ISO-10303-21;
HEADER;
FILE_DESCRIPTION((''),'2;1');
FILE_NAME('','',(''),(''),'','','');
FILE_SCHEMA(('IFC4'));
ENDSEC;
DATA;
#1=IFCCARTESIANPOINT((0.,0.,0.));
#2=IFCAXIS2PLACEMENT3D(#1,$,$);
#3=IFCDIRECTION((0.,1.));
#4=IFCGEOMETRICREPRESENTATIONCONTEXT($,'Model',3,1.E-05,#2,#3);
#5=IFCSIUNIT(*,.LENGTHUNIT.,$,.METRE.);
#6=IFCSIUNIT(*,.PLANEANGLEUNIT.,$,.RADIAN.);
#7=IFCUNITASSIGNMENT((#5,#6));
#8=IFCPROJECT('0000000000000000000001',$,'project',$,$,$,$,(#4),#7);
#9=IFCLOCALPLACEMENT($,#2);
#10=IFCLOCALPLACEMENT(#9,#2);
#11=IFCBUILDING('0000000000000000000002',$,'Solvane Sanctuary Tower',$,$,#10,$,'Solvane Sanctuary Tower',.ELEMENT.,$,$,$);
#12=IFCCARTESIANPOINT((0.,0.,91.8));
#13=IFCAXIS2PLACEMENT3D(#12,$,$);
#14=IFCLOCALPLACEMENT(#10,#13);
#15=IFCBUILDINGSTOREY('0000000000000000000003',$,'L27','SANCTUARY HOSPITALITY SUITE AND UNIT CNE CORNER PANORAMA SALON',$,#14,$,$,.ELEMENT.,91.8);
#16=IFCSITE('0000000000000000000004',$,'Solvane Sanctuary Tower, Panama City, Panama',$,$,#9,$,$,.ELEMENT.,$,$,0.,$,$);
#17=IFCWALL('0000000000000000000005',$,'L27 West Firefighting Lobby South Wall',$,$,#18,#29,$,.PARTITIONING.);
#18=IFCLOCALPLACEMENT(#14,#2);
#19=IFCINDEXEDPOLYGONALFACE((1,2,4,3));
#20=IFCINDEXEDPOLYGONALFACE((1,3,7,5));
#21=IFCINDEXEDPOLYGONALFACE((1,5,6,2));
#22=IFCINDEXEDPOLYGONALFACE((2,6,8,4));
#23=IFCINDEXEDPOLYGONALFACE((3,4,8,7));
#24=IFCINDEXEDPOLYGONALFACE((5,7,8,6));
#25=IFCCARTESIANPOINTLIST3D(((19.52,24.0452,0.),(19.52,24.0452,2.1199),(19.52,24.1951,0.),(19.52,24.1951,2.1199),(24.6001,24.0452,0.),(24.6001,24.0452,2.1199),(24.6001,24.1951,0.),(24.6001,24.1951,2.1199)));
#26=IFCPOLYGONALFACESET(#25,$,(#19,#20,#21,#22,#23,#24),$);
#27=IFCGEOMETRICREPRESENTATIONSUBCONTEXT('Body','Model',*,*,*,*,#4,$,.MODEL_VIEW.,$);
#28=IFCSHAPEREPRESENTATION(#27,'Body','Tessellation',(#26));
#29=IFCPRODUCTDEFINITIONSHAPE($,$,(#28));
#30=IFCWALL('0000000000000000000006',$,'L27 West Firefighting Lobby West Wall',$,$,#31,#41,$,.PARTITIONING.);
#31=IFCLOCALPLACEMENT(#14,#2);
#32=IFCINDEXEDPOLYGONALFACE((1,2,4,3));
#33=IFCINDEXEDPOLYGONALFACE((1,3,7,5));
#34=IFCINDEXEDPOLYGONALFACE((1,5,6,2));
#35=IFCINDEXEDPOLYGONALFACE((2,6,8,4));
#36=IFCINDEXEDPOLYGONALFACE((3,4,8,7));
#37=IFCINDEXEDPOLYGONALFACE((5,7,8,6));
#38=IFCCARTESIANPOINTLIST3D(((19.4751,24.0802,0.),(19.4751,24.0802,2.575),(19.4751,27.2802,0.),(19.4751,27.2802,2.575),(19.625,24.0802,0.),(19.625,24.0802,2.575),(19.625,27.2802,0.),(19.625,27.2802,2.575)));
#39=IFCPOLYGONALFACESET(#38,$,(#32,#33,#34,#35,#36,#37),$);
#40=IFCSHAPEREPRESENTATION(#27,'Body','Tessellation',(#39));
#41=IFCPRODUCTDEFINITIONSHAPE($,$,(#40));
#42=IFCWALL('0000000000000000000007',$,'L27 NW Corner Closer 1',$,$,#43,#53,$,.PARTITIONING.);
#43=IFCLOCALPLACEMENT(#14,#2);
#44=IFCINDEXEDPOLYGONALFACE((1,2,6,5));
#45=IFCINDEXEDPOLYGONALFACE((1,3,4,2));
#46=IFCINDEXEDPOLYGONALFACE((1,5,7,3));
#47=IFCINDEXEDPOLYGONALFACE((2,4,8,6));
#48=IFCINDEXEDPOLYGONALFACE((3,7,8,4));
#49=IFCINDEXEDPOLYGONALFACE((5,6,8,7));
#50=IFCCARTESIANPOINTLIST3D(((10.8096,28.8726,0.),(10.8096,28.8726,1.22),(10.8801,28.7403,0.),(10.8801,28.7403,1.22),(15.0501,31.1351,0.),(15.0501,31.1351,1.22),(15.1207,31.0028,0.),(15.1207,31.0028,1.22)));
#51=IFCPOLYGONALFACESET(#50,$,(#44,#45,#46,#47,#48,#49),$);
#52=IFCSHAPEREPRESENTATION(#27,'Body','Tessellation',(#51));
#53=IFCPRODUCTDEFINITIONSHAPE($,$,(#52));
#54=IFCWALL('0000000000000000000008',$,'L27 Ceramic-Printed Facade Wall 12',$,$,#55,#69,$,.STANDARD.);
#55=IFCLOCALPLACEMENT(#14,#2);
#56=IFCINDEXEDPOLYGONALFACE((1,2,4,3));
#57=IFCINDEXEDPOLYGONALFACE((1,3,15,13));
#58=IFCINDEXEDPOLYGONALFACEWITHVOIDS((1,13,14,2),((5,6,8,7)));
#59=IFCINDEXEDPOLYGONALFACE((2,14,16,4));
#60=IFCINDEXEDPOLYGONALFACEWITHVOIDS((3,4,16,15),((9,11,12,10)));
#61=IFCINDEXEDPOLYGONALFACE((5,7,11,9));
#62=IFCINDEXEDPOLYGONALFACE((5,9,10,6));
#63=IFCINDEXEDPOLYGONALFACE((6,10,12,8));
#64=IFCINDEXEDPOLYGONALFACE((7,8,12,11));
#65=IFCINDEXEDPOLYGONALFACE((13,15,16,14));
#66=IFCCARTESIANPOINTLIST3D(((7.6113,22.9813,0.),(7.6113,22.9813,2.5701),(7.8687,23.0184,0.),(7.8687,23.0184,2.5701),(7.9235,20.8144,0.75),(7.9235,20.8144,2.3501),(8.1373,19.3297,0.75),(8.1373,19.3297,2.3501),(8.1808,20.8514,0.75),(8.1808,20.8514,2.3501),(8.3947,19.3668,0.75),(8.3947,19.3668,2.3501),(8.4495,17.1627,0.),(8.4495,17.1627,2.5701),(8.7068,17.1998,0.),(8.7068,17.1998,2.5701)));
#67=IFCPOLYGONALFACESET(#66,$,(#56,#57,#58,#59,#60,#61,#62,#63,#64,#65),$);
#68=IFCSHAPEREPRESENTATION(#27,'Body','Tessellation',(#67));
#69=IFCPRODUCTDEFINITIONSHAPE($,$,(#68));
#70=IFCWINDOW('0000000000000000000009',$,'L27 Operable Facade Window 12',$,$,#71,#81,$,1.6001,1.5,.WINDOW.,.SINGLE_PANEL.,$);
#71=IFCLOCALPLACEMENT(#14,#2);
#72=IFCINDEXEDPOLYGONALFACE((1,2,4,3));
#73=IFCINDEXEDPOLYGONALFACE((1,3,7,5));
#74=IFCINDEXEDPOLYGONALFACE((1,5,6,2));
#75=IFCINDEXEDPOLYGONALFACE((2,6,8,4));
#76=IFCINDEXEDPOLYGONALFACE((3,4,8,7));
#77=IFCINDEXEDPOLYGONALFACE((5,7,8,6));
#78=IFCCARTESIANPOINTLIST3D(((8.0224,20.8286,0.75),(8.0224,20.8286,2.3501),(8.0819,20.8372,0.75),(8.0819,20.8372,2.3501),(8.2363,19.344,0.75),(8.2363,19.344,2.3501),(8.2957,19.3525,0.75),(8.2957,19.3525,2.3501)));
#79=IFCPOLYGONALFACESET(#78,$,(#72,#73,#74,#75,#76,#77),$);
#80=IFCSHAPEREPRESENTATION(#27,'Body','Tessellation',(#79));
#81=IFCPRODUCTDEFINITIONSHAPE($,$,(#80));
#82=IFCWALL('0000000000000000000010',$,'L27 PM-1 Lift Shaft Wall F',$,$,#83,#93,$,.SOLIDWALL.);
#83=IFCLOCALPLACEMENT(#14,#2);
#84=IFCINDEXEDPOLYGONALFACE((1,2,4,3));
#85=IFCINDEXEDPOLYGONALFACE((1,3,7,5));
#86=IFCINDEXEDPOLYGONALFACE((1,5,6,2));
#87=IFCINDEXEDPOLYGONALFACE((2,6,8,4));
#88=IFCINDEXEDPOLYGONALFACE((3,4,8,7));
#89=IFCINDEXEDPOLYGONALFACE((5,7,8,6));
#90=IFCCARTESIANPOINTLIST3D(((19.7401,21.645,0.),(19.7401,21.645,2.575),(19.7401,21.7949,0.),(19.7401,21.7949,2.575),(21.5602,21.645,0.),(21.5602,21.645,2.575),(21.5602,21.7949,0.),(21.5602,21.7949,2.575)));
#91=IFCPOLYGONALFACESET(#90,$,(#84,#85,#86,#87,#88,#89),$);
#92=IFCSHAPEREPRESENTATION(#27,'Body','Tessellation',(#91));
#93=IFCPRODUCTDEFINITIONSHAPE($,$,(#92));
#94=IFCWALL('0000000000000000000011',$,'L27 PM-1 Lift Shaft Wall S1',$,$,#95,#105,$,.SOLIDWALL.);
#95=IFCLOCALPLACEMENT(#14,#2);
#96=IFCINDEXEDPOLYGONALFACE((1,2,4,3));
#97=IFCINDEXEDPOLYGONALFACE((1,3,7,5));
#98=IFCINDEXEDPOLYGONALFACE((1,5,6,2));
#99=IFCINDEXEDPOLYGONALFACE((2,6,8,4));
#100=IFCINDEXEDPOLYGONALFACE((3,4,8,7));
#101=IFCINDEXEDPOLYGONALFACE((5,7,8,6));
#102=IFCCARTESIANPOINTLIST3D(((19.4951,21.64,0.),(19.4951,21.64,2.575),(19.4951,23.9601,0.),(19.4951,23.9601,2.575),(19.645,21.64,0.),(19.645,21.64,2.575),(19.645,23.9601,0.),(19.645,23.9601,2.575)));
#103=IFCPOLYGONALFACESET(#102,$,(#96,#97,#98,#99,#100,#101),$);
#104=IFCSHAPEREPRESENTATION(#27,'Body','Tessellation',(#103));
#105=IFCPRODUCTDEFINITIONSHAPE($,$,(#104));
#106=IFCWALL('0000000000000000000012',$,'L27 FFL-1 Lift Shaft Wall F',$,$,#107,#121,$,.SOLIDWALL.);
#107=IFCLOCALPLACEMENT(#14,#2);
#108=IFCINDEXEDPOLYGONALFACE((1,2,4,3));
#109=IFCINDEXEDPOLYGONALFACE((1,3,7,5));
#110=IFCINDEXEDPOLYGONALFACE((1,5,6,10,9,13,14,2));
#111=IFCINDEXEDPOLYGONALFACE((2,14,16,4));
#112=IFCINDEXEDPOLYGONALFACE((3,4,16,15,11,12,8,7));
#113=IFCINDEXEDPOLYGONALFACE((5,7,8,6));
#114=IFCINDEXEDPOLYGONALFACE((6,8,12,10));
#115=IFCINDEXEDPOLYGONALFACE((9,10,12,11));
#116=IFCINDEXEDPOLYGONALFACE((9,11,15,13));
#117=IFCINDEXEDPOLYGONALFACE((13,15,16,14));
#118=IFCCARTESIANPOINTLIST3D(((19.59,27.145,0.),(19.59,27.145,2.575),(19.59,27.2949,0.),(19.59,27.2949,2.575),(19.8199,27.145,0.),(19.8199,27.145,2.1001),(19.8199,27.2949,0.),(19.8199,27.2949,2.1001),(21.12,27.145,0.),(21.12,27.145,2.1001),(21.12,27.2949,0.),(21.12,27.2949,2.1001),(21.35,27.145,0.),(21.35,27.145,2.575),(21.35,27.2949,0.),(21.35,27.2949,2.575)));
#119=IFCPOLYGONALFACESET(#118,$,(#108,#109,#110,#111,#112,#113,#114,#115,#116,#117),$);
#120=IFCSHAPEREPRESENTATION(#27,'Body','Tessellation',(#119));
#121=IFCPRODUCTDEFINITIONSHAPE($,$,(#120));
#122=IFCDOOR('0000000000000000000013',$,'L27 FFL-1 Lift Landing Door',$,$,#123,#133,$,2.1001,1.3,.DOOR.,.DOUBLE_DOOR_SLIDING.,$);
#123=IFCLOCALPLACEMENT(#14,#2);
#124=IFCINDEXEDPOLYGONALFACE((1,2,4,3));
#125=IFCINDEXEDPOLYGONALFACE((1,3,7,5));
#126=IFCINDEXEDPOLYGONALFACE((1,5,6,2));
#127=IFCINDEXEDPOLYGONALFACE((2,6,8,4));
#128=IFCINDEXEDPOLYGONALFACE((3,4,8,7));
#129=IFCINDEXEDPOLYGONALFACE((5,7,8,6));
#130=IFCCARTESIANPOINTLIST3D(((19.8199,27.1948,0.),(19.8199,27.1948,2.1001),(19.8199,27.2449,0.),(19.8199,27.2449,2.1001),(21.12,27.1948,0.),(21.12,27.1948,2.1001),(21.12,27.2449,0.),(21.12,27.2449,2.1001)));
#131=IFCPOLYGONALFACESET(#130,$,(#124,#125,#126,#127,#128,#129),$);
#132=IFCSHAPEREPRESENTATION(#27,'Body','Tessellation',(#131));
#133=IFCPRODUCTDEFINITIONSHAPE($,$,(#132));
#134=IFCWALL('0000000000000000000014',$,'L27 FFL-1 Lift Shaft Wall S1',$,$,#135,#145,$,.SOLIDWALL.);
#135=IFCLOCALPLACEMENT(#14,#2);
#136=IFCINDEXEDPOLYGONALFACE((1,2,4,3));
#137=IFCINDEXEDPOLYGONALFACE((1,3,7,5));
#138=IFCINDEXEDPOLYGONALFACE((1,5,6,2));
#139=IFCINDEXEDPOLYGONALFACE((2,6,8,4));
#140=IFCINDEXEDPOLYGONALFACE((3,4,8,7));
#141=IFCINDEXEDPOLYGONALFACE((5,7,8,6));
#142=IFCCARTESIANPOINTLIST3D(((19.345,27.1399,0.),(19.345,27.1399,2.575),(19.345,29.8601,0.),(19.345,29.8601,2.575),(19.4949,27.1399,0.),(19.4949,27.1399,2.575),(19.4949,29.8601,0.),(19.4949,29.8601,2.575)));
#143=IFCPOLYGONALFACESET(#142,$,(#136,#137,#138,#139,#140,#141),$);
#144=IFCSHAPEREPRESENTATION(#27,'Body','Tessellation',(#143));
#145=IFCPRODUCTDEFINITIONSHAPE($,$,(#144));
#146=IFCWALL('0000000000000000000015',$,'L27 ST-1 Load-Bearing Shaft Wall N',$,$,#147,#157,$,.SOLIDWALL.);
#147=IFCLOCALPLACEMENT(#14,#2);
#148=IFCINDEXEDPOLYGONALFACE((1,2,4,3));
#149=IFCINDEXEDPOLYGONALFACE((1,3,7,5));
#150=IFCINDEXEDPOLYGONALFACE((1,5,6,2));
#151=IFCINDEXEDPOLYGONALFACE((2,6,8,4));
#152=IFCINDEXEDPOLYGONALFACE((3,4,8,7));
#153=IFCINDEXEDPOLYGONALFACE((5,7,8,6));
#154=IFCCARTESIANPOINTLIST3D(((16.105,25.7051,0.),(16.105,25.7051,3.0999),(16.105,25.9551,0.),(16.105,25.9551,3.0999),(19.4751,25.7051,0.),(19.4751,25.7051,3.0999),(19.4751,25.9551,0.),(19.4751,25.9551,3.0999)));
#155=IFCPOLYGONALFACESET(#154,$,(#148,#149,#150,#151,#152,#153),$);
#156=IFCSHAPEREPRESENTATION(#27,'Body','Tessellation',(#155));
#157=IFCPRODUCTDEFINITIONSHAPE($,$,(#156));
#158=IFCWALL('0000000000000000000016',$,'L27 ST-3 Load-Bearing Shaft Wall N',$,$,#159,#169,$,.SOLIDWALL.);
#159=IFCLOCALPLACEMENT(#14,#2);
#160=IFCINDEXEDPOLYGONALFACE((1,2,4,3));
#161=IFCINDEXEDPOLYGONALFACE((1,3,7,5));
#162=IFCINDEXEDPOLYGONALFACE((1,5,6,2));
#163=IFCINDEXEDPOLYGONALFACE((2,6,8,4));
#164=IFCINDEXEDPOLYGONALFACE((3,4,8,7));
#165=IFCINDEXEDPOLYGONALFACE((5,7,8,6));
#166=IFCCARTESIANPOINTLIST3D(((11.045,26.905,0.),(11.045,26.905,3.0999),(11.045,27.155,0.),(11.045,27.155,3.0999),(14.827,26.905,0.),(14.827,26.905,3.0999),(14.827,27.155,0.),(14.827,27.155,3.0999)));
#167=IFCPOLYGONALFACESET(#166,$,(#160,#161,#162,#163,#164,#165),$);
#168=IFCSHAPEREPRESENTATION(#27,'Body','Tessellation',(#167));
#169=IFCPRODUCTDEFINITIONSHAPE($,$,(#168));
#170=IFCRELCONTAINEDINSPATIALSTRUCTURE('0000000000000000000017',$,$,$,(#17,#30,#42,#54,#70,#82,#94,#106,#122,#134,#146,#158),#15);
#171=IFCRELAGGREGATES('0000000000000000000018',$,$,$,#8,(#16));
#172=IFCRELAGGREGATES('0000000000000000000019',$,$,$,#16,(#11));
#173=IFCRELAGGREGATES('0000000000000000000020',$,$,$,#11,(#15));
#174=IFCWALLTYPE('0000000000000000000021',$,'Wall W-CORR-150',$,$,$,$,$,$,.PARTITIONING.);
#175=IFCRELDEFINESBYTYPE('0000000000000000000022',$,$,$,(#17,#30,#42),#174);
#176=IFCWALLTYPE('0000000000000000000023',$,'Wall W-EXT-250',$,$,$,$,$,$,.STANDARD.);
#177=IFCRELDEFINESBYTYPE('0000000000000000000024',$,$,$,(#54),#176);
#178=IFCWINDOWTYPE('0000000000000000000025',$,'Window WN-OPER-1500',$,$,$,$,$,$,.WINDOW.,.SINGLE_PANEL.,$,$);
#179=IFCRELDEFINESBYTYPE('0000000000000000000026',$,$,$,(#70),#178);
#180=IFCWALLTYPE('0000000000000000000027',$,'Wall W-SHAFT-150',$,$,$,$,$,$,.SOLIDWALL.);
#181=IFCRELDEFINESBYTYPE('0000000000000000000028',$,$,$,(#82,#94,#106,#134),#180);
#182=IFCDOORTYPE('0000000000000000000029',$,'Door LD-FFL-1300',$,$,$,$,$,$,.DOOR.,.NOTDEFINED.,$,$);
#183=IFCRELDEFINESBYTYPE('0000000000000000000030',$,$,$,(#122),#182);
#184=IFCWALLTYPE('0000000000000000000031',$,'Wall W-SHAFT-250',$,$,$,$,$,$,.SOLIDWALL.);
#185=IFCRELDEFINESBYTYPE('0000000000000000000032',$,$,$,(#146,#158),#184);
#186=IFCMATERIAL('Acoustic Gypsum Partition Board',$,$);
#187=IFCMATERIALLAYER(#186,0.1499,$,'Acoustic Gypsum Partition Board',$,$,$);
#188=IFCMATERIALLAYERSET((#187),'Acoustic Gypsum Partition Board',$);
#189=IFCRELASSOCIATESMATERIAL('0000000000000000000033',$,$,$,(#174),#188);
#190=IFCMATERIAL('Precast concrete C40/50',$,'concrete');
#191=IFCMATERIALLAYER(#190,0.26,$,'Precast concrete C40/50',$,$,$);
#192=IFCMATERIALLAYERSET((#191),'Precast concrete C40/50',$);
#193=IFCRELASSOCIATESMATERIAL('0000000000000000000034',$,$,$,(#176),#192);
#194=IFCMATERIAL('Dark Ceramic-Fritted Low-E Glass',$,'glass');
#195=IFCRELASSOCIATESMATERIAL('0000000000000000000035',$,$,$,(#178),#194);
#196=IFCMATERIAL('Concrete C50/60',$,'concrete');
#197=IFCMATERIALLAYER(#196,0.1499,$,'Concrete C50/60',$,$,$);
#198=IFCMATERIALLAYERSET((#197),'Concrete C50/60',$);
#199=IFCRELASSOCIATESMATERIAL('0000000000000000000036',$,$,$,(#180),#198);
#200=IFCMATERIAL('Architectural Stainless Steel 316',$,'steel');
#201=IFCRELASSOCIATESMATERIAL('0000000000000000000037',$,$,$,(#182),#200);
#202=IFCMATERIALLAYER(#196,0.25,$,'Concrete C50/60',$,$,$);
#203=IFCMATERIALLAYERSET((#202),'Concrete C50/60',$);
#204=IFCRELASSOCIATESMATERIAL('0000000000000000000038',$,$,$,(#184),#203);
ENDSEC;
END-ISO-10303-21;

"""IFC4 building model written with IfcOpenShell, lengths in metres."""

from ifc_helpers import new_model, si_unit, direction, frame, frame_2d, origin, place, context, subcontext, project, spatial, rectangle, extrude, material, layer, layer_set, type_object, element, fill, save


model = new_model("IFC4")

# Units and contexts
model_context = context("Model", 3, precision=1e-05, world=origin(), true_north=direction((0.0, 1.0)))
body_context = subcontext(model_context, "Body", "Model", "MODEL_VIEW")
ifc_project = project(units=[si_unit("LENGTHUNIT", "METRE"), si_unit("PLANEANGLEUNIT", "RADIAN")], contexts=[model_context])

# Site, building, storey
site_placement = place(None, origin())
site = spatial("IfcSite", under=ifc_project, at=site_placement, Name="Solvane Sanctuary Tower, Panama City, Panama", CompositionType="ELEMENT", RefElevation=0.0)
building_placement = place(site_placement, origin())
building = spatial("IfcBuilding", under=site, at=building_placement, Name="Solvane Sanctuary Tower", LongName="Solvane Sanctuary Tower", CompositionType="ELEMENT")
storey_placement = place(building_placement, frame((0.0, 0.0, 91.8)))
storey = spatial("IfcBuildingStorey", under=building, at=storey_placement, Name="L27", Description="SANCTUARY HOSPITALITY SUITE AND UNIT CNE CORNER PANORAMA SALON", CompositionType="ELEMENT", Elevation=91.8)

# Walls
ifc_material_1 = material(Name="Acoustic Gypsum Partition Board")
ifc_layer_1 = layer(ifc_material_1, 0.1499, Name="Acoustic Gypsum Partition Board")
ifc_layer_set_1 = layer_set([ifc_layer_1], Name="Acoustic Gypsum Partition Board")
wall_type_1 = type_object("IfcWallType", Name="Wall W-CORR-150", PredefinedType="PARTITIONING", material=ifc_layer_set_1)
wall_1_placement = place(storey_placement, frame((19.52, 24.1201, 0.0), z_axis=(0.0, 0.0, 1.0), x_axis=(1.0, 0.0, 0.0)))
element("IfcWall", 1, at=wall_1_placement, inside=storey, type_object=wall_type_1, Name="L27 West Firefighting Lobby South Wall", PredefinedType="PARTITIONING", context=body_context, shape_type="SweptSolid", body=[
    extrude(rectangle(XDim=5.0801, YDim=0.1499, at=frame_2d((2.54, 0.0))), origin(), (0.0, 0.0, 1.0), 2.1199),
])
wall_2_placement = place(storey_placement, frame((19.55, 24.0801, 0.0), z_axis=(0.0, 0.0, 1.0), x_axis=(0.0, 1.0, 0.0)))
element("IfcWall", 2, at=wall_2_placement, inside=storey, type_object=wall_type_1, Name="L27 West Firefighting Lobby West Wall", PredefinedType="PARTITIONING", context=body_context, shape_type="SweptSolid", body=[
    extrude(rectangle(XDim=3.2, YDim=0.1499, at=frame_2d((1.6001, 0.0))), origin(), (0.0, 0.0, 1.0), 2.575),
])
wall_3_placement = place(storey_placement, frame((10.8447, 28.8064, 0.0), z_axis=(0.0, 0.0, 1.0), x_axis=(0.882278, 0.470728, 0.0)))
element("IfcWall", 3, at=wall_3_placement, inside=storey, type_object=wall_type_1, Name="L27 NW Corner Closer 1", PredefinedType="PARTITIONING", context=body_context, shape_type="SweptSolid", body=[
    extrude(rectangle(XDim=4.8064, YDim=0.1499, at=frame_2d((2.4033, 0.0))), origin(), (0.0, 0.0, 1.0), 1.22),
])

# Wall, opening, window
ifc_material_2 = material(Name="Precast concrete C40/50", Category="concrete")
ifc_layer_2 = layer(ifc_material_2, 0.26, Name="Precast concrete C40/50")
ifc_layer_set_2 = layer_set([ifc_layer_2], Name="Precast concrete C40/50")
wall_type_2 = type_object("IfcWallType", Name="Wall W-EXT-250", PredefinedType="STANDARD", material=ifc_layer_set_2)
wall_4_placement = place(storey_placement, frame((7.74, 23.0, 0.0), z_axis=(0.0, 0.0, 1.0), x_axis=(0.142572, -0.989784, 0.0)))
wall_4 = element("IfcWall", 4, at=wall_4_placement, inside=storey, type_object=wall_type_2, Name="L27 Ceramic-Printed Facade Wall 12", PredefinedType="STANDARD", context=body_context, shape_type="SweptSolid", body=[
    extrude(rectangle(XDim=5.8787, YDim=0.26, at=frame_2d((2.9395, 0.0))), origin(), (0.0, 0.0, 1.0), 2.5701),
])
opening_1_placement = place(wall_4_placement, frame((2.1895, 0.0, 0.75)))
opening_1 = element("IfcOpeningElement", 5, at=opening_1_placement, cuts=wall_4, PredefinedType="OPENING", context=body_context, shape_type="SweptSolid", body=[
    extrude(rectangle(XDim=1.5, YDim=1.6001, at=frame_2d((0.75, 0.8))), frame((0.0, 0.1399, 0.0), z_axis=(0.0, -1.0, 0.0), x_axis=(1.0, 0.0, 0.0)), (0.0, 0.0, 1.0), 0.28),
])
ifc_material_3 = material(Name="Dark Ceramic-Fritted Low-E Glass", Category="glass")
window_type = type_object("IfcWindowType", Name="Window WN-OPER-1500", PartitioningType="SINGLE_PANEL", PredefinedType="WINDOW", material=ifc_material_3)
window_placement = place(opening_1_placement, origin())
window = element("IfcWindow", 6, at=window_placement, inside=storey, type_object=window_type, Name="L27 Operable Facade Window 12", OverallHeight=1.6001, OverallWidth=1.5, PartitioningType="SINGLE_PANEL", PredefinedType="WINDOW", context=body_context, shape_type="SweptSolid", body=[
    extrude(rectangle(XDim=1.5, YDim=1.6001, at=frame_2d((0.75, 0.8))), frame((0.0, 0.03, 0.0), z_axis=(0.0, -1.0, 0.0), x_axis=(1.0, 0.0, 0.0)), (0.0, 0.0, 1.0), 0.0601),
])
fill(opening_1, window)

# Walls
ifc_material_4 = material(Name="Concrete C50/60", Category="concrete")
ifc_layer_3 = layer(ifc_material_4, 0.1499, Name="Concrete C50/60")
ifc_layer_set_3 = layer_set([ifc_layer_3], Name="Concrete C50/60")
wall_type_3 = type_object("IfcWallType", Name="Wall W-SHAFT-150", PredefinedType="SOLIDWALL", material=ifc_layer_set_3)
wall_5_placement = place(storey_placement, frame((19.74, 21.72, 0.0), z_axis=(0.0, 0.0, 1.0), x_axis=(1.0, 0.0, 0.0)))
element("IfcWall", 7, at=wall_5_placement, inside=storey, type_object=wall_type_3, Name="L27 PM-1 Lift Shaft Wall F", PredefinedType="SOLIDWALL", context=body_context, shape_type="SweptSolid", body=[
    extrude(rectangle(XDim=1.8201, YDim=0.1499, at=frame_2d((0.9102, 0.0))), origin(), (0.0, 0.0, 1.0), 2.575),
])
wall_6_placement = place(storey_placement, frame((19.5701, 21.6399, 0.0), z_axis=(0.0, 0.0, 1.0), x_axis=(0.0, 1.0, 0.0)))
element("IfcWall", 8, at=wall_6_placement, inside=storey, type_object=wall_type_3, Name="L27 PM-1 Lift Shaft Wall S1", PredefinedType="SOLIDWALL", context=body_context, shape_type="SweptSolid", body=[
    extrude(rectangle(XDim=2.3201, YDim=0.1499, at=frame_2d((1.1602, 0.0))), origin(), (0.0, 0.0, 1.0), 2.575),
])

# Wall, opening, door
wall_7_placement = place(storey_placement, frame((19.5901, 27.22, 0.0), z_axis=(0.0, 0.0, 1.0), x_axis=(1.0, 0.0, 0.0)))
wall_7 = element("IfcWall", 9, at=wall_7_placement, inside=storey, type_object=wall_type_3, Name="L27 FFL-1 Lift Shaft Wall F", PredefinedType="SOLIDWALL", context=body_context, shape_type="SweptSolid", body=[
    extrude(rectangle(XDim=1.76, YDim=0.1499, at=frame_2d((0.8799, 0.0))), origin(), (0.0, 0.0, 1.0), 2.575),
])
opening_2_placement = place(wall_7_placement, frame((0.23, 0.0, 0.0)))
opening_2 = element("IfcOpeningElement", 10, at=opening_2_placement, cuts=wall_7, PredefinedType="OPENING", context=body_context, shape_type="SweptSolid", body=[
    extrude(rectangle(XDim=1.3, YDim=2.1001, at=frame_2d((0.6499, 1.05))), frame((0.0, 0.085, 0.0), z_axis=(0.0, -1.0, 0.0), x_axis=(1.0, 0.0, 0.0)), (0.0, 0.0, 1.0), 0.1699),
])
ifc_material_5 = material(Name="Architectural Stainless Steel 316", Category="steel")
door_type = type_object("IfcDoorType", Name="Door LD-FFL-1300", OperationType="NOTDEFINED", PredefinedType="DOOR", material=ifc_material_5)
door_placement = place(opening_2_placement, origin())
door = element("IfcDoor", 11, at=door_placement, inside=storey, type_object=door_type, Name="L27 FFL-1 Lift Landing Door", OperationType="DOUBLE_DOOR_SLIDING", OverallHeight=2.1001, OverallWidth=1.3, PredefinedType="DOOR", context=body_context, shape_type="SweptSolid", body=[
    extrude(rectangle(XDim=1.3, YDim=2.1001, at=frame_2d((0.6499, 1.05))), frame((0.0, 0.0249, 0.0), z_axis=(0.0, -1.0, 0.0), x_axis=(1.0, 0.0, 0.0)), (0.0, 0.0, 1.0), 0.05),
])
fill(opening_2, door)

# Walls
wall_8_placement = place(storey_placement, frame((19.4199, 27.1399, 0.0), z_axis=(0.0, 0.0, 1.0), x_axis=(0.0, 1.0, 0.0)))
element("IfcWall", 12, at=wall_8_placement, inside=storey, type_object=wall_type_3, Name="L27 FFL-1 Lift Shaft Wall S1", PredefinedType="SOLIDWALL", context=body_context, shape_type="SweptSolid", body=[
    extrude(rectangle(XDim=2.7202, YDim=0.1499, at=frame_2d((1.3601, 0.0))), origin(), (0.0, 0.0, 1.0), 2.575),
])
ifc_layer_4 = layer(ifc_material_4, 0.25, Name="Concrete C50/60")
ifc_layer_set_4 = layer_set([ifc_layer_4], Name="Concrete C50/60")
wall_type_4 = type_object("IfcWallType", Name="Wall W-SHAFT-250", PredefinedType="SOLIDWALL", material=ifc_layer_set_4)
wall_9_placement = place(storey_placement, frame((16.105, 25.8301, 0.0), z_axis=(0.0, 0.0, 1.0), x_axis=(1.0, 0.0, 0.0)))
element("IfcWall", 13, at=wall_9_placement, inside=storey, type_object=wall_type_4, Name="L27 ST-1 Load-Bearing Shaft Wall N", PredefinedType="SOLIDWALL", context=body_context, shape_type="SweptSolid", body=[
    extrude(rectangle(XDim=3.3701, YDim=0.25, at=frame_2d((1.6851, 0.0))), origin(), (0.0, 0.0, 1.0), 3.0999),
])
wall_10_placement = place(storey_placement, frame((11.0449, 27.03, 0.0), z_axis=(0.0, 0.0, 1.0), x_axis=(1.0, 0.0, 0.0)))
element("IfcWall", 14, at=wall_10_placement, inside=storey, type_object=wall_type_4, Name="L27 ST-3 Load-Bearing Shaft Wall N", PredefinedType="SOLIDWALL", context=body_context, shape_type="SweptSolid", body=[
    extrude(rectangle(XDim=3.782, YDim=0.25, at=frame_2d((1.8911, 0.0))), origin(), (0.0, 0.0, 1.0), 3.0999),
])

save(model, "model.ifc")
